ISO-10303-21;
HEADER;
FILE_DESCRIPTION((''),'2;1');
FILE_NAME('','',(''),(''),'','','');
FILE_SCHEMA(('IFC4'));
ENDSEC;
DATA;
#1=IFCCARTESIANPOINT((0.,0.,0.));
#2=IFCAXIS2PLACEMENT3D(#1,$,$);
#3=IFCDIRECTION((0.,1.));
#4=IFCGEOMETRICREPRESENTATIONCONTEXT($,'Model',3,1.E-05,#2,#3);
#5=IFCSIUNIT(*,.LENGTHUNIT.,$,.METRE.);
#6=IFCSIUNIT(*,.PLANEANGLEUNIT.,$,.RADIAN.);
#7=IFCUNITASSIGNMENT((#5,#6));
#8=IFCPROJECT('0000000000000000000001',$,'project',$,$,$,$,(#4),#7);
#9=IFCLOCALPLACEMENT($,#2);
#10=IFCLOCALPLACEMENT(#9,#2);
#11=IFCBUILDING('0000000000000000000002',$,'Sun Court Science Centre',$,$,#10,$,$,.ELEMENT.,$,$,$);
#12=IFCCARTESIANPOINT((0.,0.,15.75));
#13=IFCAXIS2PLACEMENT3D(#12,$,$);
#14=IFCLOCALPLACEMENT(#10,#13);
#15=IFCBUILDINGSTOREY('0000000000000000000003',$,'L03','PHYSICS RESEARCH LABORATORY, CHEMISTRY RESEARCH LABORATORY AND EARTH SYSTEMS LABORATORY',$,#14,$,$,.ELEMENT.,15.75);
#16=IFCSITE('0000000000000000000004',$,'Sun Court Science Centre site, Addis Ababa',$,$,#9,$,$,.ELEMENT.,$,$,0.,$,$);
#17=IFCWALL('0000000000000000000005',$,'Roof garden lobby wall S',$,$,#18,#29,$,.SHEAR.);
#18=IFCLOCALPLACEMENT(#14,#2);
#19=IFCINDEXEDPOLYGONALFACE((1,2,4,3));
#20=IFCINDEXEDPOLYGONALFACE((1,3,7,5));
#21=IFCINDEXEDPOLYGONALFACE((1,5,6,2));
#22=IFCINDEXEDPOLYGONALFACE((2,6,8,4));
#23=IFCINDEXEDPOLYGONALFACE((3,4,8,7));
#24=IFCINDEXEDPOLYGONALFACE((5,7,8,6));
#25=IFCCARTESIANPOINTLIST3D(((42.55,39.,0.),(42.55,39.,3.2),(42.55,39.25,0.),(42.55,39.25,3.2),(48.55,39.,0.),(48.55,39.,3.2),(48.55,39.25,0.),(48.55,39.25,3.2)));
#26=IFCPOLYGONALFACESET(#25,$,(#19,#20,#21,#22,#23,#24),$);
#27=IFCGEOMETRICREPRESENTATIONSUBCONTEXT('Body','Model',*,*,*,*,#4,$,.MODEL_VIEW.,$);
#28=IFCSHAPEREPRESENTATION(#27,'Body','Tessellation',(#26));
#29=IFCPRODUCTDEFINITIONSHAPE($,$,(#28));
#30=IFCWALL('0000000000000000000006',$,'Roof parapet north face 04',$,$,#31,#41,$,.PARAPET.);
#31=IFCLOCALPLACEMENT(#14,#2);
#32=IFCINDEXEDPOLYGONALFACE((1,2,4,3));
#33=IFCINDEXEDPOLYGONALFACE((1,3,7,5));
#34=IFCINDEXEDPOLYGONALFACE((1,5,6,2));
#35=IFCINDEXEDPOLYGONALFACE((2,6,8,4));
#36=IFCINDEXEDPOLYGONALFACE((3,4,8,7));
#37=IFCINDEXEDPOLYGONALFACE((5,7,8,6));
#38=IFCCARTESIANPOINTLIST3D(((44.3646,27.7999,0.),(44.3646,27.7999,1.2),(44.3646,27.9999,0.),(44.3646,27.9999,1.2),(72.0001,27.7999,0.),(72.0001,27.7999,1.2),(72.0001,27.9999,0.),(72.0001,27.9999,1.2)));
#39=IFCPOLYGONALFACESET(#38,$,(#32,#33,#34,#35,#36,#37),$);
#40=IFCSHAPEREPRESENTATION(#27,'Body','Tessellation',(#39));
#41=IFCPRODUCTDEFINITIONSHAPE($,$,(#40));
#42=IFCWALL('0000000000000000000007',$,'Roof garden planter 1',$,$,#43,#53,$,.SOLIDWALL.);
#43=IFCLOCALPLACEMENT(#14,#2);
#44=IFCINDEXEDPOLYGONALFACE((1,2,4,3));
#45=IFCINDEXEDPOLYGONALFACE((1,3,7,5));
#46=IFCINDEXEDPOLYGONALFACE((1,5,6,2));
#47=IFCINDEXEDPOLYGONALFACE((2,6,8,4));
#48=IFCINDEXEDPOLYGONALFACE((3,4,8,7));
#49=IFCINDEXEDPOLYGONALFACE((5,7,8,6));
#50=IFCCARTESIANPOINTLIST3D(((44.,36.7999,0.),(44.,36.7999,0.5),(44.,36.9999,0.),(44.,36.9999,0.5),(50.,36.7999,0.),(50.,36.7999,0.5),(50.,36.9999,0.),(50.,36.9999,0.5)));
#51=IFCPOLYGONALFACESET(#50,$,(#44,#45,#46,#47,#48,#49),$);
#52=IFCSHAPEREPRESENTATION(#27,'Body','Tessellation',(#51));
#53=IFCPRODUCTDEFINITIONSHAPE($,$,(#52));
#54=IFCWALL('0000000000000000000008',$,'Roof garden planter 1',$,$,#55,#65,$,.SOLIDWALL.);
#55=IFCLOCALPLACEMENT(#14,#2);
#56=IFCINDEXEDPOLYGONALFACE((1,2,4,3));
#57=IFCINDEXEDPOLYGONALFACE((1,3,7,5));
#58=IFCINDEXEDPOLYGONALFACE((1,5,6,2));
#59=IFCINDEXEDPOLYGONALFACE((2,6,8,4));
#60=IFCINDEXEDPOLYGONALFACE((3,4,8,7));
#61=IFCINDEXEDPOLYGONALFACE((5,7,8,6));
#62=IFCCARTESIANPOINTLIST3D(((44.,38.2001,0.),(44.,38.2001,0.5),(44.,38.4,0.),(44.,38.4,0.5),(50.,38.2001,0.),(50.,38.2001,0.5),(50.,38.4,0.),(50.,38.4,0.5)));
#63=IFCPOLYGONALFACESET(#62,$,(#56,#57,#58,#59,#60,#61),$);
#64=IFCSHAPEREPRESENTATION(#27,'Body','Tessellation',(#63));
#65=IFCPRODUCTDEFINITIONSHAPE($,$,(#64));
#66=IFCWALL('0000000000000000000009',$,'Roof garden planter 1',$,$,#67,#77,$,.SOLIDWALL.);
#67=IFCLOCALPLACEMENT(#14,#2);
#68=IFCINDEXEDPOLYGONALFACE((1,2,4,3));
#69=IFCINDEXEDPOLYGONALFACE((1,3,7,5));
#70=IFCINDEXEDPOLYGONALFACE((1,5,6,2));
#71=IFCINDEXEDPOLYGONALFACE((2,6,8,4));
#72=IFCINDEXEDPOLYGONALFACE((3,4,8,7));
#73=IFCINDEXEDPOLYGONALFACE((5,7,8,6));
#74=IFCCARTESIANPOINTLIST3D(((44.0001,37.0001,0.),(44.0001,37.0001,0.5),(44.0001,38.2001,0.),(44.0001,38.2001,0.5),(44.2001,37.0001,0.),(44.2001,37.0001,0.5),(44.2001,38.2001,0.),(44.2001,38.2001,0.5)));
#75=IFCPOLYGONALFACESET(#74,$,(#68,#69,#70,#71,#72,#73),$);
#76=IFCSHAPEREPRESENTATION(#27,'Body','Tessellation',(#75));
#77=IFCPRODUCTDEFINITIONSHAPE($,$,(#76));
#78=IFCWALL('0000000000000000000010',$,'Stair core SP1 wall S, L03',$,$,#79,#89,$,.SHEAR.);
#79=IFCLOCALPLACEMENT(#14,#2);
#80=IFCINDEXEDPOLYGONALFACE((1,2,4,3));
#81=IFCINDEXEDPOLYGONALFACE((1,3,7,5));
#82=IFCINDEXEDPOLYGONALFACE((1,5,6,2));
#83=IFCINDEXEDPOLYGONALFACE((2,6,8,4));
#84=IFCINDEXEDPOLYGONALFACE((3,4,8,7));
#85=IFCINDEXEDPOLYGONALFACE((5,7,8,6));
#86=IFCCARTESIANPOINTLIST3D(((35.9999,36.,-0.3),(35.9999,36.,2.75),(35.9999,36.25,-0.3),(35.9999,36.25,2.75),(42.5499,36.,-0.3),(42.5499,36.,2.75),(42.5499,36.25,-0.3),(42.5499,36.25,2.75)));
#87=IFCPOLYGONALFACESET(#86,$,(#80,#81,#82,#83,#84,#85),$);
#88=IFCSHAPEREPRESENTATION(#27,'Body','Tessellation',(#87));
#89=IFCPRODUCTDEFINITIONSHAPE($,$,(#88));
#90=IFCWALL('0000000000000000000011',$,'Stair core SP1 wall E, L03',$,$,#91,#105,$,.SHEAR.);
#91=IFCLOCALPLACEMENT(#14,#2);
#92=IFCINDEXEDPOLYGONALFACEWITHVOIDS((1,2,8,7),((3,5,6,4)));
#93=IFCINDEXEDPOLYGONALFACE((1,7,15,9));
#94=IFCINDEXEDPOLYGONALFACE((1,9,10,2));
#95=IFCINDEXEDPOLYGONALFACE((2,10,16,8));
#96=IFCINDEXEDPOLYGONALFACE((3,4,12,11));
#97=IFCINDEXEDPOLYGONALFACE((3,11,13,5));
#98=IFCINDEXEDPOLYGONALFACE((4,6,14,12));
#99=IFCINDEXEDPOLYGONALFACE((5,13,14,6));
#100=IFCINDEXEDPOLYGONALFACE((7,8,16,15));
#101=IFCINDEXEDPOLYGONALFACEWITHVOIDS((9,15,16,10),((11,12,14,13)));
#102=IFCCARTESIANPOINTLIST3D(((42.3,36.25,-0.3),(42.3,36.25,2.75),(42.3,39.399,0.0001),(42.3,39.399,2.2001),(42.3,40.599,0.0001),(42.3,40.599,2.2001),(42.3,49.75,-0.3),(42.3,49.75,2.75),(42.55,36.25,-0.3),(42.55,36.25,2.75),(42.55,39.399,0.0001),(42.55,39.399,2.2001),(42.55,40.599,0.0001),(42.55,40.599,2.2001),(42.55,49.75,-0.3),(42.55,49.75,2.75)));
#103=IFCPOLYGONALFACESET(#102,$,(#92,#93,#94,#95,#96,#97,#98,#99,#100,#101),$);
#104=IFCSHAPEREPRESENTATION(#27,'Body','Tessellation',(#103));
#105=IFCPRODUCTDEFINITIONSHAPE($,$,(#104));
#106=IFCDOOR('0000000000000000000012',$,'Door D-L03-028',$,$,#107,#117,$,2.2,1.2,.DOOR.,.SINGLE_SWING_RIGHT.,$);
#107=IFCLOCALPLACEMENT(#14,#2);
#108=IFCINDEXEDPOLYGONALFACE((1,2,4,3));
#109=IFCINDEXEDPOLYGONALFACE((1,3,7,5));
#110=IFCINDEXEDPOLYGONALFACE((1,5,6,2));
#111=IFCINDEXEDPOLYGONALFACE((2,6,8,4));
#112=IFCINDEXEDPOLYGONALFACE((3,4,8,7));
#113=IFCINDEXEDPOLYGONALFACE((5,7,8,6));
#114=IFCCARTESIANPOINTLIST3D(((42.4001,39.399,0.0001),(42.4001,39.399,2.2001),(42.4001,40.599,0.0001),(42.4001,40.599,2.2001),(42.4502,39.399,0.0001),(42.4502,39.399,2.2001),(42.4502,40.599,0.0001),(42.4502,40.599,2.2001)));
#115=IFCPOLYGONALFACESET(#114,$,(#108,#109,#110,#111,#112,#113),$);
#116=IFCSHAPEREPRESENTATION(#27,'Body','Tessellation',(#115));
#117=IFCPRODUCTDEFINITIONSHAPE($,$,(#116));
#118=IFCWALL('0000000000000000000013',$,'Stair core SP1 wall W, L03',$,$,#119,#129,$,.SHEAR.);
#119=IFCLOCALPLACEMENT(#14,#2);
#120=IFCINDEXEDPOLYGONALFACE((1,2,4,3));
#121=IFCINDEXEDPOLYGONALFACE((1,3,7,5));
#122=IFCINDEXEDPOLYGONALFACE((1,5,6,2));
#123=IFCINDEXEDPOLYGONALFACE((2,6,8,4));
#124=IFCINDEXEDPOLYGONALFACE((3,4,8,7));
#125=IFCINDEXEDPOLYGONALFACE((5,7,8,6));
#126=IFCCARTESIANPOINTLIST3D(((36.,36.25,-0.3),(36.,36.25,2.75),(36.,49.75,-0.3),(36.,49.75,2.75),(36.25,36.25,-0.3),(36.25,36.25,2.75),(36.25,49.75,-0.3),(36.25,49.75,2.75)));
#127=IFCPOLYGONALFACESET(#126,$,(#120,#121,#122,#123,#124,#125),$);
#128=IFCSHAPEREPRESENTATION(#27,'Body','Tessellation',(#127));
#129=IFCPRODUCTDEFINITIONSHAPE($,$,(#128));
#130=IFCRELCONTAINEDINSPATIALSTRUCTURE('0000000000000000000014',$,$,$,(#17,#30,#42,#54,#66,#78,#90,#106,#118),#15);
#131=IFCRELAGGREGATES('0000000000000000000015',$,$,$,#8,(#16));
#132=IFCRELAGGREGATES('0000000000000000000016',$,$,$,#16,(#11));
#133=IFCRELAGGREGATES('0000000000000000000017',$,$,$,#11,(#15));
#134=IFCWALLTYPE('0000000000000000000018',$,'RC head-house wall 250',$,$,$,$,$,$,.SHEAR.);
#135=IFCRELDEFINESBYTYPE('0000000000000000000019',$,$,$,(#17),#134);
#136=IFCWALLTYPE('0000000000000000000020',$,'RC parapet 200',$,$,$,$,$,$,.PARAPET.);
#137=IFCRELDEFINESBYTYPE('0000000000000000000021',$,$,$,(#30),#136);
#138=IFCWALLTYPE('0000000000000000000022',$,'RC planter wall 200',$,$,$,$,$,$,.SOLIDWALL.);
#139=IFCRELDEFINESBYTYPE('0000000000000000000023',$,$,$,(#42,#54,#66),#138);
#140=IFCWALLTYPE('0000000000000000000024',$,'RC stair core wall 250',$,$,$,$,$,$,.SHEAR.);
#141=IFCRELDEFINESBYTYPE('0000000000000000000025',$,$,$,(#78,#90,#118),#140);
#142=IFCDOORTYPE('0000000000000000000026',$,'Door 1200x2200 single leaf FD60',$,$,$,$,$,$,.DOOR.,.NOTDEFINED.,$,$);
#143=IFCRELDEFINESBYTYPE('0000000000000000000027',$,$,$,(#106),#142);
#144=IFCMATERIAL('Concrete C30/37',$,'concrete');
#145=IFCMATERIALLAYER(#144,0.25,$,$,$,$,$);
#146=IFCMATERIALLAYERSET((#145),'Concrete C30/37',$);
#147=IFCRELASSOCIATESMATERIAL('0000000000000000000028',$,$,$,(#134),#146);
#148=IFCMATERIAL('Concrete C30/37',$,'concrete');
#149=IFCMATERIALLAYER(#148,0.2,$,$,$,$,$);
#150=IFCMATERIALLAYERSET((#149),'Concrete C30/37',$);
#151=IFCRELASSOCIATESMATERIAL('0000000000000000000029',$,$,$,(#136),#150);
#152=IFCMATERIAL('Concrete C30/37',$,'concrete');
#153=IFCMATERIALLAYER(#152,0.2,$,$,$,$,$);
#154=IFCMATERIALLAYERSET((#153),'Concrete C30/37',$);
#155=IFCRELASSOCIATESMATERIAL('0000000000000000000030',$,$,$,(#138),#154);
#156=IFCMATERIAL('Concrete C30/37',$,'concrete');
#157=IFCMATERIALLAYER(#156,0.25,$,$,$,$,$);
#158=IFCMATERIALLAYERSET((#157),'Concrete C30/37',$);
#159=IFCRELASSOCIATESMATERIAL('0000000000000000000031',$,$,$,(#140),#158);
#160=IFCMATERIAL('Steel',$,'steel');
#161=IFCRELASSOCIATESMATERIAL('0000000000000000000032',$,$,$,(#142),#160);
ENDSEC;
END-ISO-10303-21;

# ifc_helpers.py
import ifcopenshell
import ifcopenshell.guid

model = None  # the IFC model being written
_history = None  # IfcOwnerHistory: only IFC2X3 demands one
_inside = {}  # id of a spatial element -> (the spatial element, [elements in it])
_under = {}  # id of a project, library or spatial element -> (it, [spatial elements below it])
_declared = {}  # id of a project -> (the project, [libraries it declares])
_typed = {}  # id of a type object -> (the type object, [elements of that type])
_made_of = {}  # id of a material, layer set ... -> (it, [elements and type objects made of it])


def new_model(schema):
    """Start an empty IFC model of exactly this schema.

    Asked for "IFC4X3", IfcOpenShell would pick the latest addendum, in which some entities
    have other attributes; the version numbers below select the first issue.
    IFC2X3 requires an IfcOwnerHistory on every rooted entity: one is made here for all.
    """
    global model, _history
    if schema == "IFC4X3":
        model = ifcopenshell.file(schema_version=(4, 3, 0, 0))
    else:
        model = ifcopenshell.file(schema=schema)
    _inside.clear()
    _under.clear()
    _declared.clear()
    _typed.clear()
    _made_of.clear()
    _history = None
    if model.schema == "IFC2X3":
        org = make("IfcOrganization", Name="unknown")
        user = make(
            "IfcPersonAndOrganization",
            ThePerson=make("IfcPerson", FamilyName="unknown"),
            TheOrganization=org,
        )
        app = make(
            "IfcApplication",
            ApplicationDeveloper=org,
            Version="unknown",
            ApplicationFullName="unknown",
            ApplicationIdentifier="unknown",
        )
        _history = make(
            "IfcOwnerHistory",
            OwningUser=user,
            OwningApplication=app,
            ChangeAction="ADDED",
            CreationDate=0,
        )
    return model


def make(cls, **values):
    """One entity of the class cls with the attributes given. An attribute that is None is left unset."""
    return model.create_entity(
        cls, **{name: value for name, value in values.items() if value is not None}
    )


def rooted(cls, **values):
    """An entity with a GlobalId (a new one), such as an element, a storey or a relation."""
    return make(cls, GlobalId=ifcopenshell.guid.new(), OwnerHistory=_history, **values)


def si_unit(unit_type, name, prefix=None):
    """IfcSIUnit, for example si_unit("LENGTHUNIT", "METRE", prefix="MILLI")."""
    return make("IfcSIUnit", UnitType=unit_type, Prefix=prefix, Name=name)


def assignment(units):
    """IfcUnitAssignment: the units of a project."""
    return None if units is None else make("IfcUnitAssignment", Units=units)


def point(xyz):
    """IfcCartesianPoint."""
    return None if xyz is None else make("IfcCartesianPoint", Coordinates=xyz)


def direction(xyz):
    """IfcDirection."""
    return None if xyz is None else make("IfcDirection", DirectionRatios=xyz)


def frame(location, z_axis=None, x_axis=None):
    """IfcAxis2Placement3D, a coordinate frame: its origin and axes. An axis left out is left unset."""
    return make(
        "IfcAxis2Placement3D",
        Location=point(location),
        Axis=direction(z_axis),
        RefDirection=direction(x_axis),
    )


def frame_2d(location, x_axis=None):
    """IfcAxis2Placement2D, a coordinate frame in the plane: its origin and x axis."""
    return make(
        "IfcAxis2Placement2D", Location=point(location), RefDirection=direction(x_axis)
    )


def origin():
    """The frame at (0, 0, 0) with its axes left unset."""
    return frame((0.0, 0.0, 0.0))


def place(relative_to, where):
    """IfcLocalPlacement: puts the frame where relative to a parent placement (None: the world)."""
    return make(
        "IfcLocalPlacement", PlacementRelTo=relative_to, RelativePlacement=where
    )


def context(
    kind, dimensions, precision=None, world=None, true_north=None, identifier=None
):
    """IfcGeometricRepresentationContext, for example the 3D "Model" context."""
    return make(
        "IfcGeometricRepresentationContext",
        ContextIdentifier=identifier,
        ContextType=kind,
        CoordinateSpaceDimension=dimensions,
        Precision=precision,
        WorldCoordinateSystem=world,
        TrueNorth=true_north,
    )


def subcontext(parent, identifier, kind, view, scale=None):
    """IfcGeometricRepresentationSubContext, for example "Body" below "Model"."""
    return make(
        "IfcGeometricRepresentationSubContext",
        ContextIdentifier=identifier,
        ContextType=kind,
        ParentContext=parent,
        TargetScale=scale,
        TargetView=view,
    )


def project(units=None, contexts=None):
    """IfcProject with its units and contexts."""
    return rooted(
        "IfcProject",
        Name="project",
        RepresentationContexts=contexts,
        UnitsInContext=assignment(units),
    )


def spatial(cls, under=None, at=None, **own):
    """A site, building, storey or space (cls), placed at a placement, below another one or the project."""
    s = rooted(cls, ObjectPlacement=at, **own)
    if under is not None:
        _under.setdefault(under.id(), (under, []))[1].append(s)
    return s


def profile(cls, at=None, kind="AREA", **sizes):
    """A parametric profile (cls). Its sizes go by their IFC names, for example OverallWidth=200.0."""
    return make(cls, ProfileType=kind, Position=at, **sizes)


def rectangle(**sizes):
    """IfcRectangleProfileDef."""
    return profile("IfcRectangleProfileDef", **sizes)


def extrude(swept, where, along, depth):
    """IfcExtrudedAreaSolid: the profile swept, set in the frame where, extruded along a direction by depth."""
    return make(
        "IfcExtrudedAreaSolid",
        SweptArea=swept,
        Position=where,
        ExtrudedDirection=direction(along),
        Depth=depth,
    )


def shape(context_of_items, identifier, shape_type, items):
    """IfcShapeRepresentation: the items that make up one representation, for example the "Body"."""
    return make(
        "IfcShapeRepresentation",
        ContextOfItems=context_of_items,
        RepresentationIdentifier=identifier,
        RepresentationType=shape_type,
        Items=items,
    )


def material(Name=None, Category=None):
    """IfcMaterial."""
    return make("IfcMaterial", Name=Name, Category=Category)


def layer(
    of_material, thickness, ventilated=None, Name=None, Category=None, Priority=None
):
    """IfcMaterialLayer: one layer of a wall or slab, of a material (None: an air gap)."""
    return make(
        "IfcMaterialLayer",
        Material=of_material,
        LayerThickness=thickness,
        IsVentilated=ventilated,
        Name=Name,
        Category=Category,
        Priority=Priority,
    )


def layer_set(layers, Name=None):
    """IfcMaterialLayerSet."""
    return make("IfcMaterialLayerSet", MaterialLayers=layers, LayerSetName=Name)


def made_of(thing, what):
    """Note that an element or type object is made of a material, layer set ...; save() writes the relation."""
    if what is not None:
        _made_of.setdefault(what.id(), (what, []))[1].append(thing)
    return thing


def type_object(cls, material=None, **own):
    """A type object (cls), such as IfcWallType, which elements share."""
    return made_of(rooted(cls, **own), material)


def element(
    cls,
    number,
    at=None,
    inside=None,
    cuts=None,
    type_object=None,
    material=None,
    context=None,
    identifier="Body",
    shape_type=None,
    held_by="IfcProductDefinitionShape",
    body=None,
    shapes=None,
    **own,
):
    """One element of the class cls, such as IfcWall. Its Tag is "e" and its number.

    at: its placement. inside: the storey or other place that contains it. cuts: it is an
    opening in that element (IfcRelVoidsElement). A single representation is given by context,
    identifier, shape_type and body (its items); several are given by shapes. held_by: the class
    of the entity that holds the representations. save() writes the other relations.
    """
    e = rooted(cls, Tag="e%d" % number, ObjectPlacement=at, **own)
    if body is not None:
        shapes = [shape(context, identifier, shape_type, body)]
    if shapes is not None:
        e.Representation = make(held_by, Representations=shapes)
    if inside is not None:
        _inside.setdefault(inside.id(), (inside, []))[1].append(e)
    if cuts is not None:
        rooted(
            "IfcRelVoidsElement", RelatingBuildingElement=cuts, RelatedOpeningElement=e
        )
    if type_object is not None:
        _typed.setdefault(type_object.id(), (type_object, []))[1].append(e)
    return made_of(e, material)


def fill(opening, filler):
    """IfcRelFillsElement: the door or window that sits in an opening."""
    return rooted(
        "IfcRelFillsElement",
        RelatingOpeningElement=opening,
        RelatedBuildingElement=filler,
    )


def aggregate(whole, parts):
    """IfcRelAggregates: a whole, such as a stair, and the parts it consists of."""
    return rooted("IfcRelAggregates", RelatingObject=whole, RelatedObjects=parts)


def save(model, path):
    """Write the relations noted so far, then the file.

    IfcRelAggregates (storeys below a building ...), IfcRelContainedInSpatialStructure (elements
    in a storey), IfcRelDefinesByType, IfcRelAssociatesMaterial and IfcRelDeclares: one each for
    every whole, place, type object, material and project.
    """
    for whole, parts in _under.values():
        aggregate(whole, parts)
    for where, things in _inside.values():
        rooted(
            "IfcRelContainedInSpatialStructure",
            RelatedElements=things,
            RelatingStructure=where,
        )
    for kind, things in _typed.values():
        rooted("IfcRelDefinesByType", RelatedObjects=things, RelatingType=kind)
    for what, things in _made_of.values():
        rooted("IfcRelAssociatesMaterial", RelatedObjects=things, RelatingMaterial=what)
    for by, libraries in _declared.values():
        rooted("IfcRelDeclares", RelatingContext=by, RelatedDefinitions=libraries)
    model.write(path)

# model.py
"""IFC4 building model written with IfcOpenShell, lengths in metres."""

from ifc_helpers import new_model, si_unit, direction, frame, frame_2d, origin, place, context, subcontext, project, spatial, rectangle, extrude, material, layer, layer_set, type_object, element, fill, save


model = new_model("IFC4")

# Units and contexts
model_context = context("Model", 3, precision=1e-05, world=origin(), true_north=direction((0.0, 1.0)))
body_context = subcontext(model_context, "Body", "Model", "MODEL_VIEW")
ifc_project = project(units=[si_unit("LENGTHUNIT", "METRE"), si_unit("PLANEANGLEUNIT", "RADIAN")], contexts=[model_context])

# Site, building, storey
site_placement = place(None, origin())
site = spatial("IfcSite", under=ifc_project, at=site_placement, Name="Sun Court Science Centre site, Addis Ababa", CompositionType="ELEMENT", RefElevation=0.0)
building_placement = place(site_placement, origin())
building = spatial("IfcBuilding", under=site, at=building_placement, Name="Sun Court Science Centre", CompositionType="ELEMENT")
storey_placement = place(building_placement, frame((0.0, 0.0, 15.75)))
storey = spatial("IfcBuildingStorey", under=building, at=storey_placement, Name="L03", Description="PHYSICS RESEARCH LABORATORY, CHEMISTRY RESEARCH LABORATORY AND EARTH SYSTEMS LABORATORY", CompositionType="ELEMENT", Elevation=15.75)

# Walls
ifc_material_1 = material(Name="Concrete C30/37", Category="concrete")
ifc_layer_1 = layer(ifc_material_1, 0.25)
ifc_layer_set_1 = layer_set([ifc_layer_1], Name="Concrete C30/37")
wall_type_1 = type_object("IfcWallType", Name="RC head-house wall 250", PredefinedType="SHEAR", material=ifc_layer_set_1)
wall_1_placement = place(storey_placement, frame((42.55, 39.125, 0.0), z_axis=(0.0, 0.0, 1.0), x_axis=(1.0, 0.0, 0.0)))
element("IfcWall", 1, at=wall_1_placement, inside=storey, type_object=wall_type_1, Name="Roof garden lobby wall S", PredefinedType="SHEAR", context=body_context, shape_type="SweptSolid", body=[
    extrude(rectangle(XDim=6.0, YDim=0.25, at=frame_2d((3.0, 0.0))), origin(), (0.0, 0.0, 1.0), 3.2),
])
ifc_material_2 = material(Name="Concrete C30/37", Category="concrete")
ifc_layer_2 = layer(ifc_material_2, 0.2)
ifc_layer_set_2 = layer_set([ifc_layer_2], Name="Concrete C30/37")
wall_type_2 = type_object("IfcWallType", Name="RC parapet 200", PredefinedType="PARAPET", material=ifc_layer_set_2)
wall_2_placement = place(storey_placement, frame((44.3645, 27.8999, 0.0), z_axis=(0.0, 0.0, 1.0), x_axis=(1.0, 0.0, 0.0)))
element("IfcWall", 2, at=wall_2_placement, inside=storey, type_object=wall_type_2, Name="Roof parapet north face 04", PredefinedType="PARAPET", context=body_context, shape_type="SweptSolid", body=[
    extrude(rectangle(XDim=27.6355, YDim=0.2, at=frame_2d((13.8179, 0.0))), origin(), (0.0, 0.0, 1.0), 1.2),
])
ifc_material_3 = material(Name="Concrete C30/37", Category="concrete")
ifc_layer_3 = layer(ifc_material_3, 0.2)
ifc_layer_set_3 = layer_set([ifc_layer_3], Name="Concrete C30/37")
wall_type_3 = type_object("IfcWallType", Name="RC planter wall 200", PredefinedType="SOLIDWALL", material=ifc_layer_set_3)
for number, where, z_axis, x_axis, name in (
    (3, (44.0, 36.8999, 0.0), (0.0, 0.0, 1.0), (1.0, 0.0, 0.0), "Roof garden planter 1"),
    (4, (44.0, 38.3, 0.0), (0.0, 0.0, 1.0), (1.0, 0.0, 0.0), "Roof garden planter 1"),
):
    element("IfcWall", number, at=place(storey_placement, frame(where, z_axis=z_axis, x_axis=x_axis)), inside=storey, type_object=wall_type_3, Name=name, PredefinedType="SOLIDWALL", context=body_context, shape_type="SweptSolid", body=[
        extrude(rectangle(XDim=6.0, YDim=0.2, at=frame_2d((3.0, 0.0))), origin(), (0.0, 0.0, 1.0), 0.5),
    ])
wall_3_placement = place(storey_placement, frame((44.1001, 37.0, 0.0), z_axis=(0.0, 0.0, 1.0), x_axis=(0.0, 1.0, 0.0)))
element("IfcWall", 5, at=wall_3_placement, inside=storey, type_object=wall_type_3, Name="Roof garden planter 1", PredefinedType="SOLIDWALL", context=body_context, shape_type="SweptSolid", body=[
    extrude(rectangle(XDim=1.2, YDim=0.2, at=frame_2d((0.6001, 0.0))), origin(), (0.0, 0.0, 1.0), 0.5),
])
ifc_material_4 = material(Name="Concrete C30/37", Category="concrete")
ifc_layer_4 = layer(ifc_material_4, 0.25)
ifc_layer_set_4 = layer_set([ifc_layer_4], Name="Concrete C30/37")
wall_type_4 = type_object("IfcWallType", Name="RC stair core wall 250", PredefinedType="SHEAR", material=ifc_layer_set_4)
wall_4_placement = place(storey_placement, frame((36.0, 36.125, -0.3), z_axis=(0.0, 0.0, 1.0), x_axis=(1.0, 0.0, 0.0)))
element("IfcWall", 6, at=wall_4_placement, inside=storey, type_object=wall_type_4, Name="Stair core SP1 wall S, L03", PredefinedType="SHEAR", context=body_context, shape_type="SweptSolid", body=[
    extrude(rectangle(XDim=6.55, YDim=0.25, at=frame_2d((3.2749, 0.0))), origin(), (0.0, 0.0, 1.0), 3.05),
])

# Wall, opening, door
wall_5_placement = place(storey_placement, frame((42.425, 36.25, -0.3), z_axis=(0.0, 0.0, 1.0), x_axis=(0.0, 1.0, 0.0)))
wall_5 = element("IfcWall", 7, at=wall_5_placement, inside=storey, type_object=wall_type_4, Name="Stair core SP1 wall E, L03", PredefinedType="SHEAR", context=body_context, shape_type="SweptSolid", body=[
    extrude(rectangle(XDim=13.5, YDim=0.25, at=frame_2d((6.75, 0.0))), origin(), (0.0, 0.0, 1.0), 3.05),
])
opening_placement = place(wall_5_placement, frame((3.1489, 0.0, 0.3)))
opening = element("IfcOpeningElement", 8, at=opening_placement, cuts=wall_5, PredefinedType="OPENING", context=body_context, shape_type="SweptSolid", body=[
    extrude(rectangle(XDim=1.2, YDim=2.2, at=frame_2d((0.6001, 1.1001))), frame((0.0, 0.135, 0.0), z_axis=(0.0, -1.0, 0.0), x_axis=(1.0, 0.0, 0.0)), (0.0, 0.0, 1.0), 0.27),
])
ifc_material_5 = material(Name="Steel", Category="steel")
door_type = type_object("IfcDoorType", Name="Door 1200x2200 single leaf FD60", OperationType="NOTDEFINED", PredefinedType="DOOR", material=ifc_material_5)
door_placement = place(opening_placement, origin())
door = element("IfcDoor", 9, at=door_placement, inside=storey, type_object=door_type, Name="Door D-L03-028", OperationType="SINGLE_SWING_RIGHT", OverallHeight=2.2, OverallWidth=1.2, PredefinedType="DOOR", context=body_context, shape_type="SweptSolid", body=[
    extrude(rectangle(XDim=1.2, YDim=2.2, at=frame_2d((0.6001, 1.1001))), frame((0.0, 0.0249, 0.0), z_axis=(0.0, -1.0, 0.0), x_axis=(1.0, 0.0, 0.0)), (0.0, 0.0, 1.0), 0.05),
])
fill(opening, door)

# Wall
wall_6_placement = place(storey_placement, frame((36.125, 36.25, -0.3), z_axis=(0.0, 0.0, 1.0), x_axis=(0.0, 1.0, 0.0)))
element("IfcWall", 10, at=wall_6_placement, inside=storey, type_object=wall_type_4, Name="Stair core SP1 wall W, L03", PredefinedType="SHEAR", context=body_context, shape_type="SweptSolid", body=[
    extrude(rectangle(XDim=13.5, YDim=0.25, at=frame_2d((6.75, 0.0))), origin(), (0.0, 0.0, 1.0), 3.05),
])

save(model, "model.ifc")
